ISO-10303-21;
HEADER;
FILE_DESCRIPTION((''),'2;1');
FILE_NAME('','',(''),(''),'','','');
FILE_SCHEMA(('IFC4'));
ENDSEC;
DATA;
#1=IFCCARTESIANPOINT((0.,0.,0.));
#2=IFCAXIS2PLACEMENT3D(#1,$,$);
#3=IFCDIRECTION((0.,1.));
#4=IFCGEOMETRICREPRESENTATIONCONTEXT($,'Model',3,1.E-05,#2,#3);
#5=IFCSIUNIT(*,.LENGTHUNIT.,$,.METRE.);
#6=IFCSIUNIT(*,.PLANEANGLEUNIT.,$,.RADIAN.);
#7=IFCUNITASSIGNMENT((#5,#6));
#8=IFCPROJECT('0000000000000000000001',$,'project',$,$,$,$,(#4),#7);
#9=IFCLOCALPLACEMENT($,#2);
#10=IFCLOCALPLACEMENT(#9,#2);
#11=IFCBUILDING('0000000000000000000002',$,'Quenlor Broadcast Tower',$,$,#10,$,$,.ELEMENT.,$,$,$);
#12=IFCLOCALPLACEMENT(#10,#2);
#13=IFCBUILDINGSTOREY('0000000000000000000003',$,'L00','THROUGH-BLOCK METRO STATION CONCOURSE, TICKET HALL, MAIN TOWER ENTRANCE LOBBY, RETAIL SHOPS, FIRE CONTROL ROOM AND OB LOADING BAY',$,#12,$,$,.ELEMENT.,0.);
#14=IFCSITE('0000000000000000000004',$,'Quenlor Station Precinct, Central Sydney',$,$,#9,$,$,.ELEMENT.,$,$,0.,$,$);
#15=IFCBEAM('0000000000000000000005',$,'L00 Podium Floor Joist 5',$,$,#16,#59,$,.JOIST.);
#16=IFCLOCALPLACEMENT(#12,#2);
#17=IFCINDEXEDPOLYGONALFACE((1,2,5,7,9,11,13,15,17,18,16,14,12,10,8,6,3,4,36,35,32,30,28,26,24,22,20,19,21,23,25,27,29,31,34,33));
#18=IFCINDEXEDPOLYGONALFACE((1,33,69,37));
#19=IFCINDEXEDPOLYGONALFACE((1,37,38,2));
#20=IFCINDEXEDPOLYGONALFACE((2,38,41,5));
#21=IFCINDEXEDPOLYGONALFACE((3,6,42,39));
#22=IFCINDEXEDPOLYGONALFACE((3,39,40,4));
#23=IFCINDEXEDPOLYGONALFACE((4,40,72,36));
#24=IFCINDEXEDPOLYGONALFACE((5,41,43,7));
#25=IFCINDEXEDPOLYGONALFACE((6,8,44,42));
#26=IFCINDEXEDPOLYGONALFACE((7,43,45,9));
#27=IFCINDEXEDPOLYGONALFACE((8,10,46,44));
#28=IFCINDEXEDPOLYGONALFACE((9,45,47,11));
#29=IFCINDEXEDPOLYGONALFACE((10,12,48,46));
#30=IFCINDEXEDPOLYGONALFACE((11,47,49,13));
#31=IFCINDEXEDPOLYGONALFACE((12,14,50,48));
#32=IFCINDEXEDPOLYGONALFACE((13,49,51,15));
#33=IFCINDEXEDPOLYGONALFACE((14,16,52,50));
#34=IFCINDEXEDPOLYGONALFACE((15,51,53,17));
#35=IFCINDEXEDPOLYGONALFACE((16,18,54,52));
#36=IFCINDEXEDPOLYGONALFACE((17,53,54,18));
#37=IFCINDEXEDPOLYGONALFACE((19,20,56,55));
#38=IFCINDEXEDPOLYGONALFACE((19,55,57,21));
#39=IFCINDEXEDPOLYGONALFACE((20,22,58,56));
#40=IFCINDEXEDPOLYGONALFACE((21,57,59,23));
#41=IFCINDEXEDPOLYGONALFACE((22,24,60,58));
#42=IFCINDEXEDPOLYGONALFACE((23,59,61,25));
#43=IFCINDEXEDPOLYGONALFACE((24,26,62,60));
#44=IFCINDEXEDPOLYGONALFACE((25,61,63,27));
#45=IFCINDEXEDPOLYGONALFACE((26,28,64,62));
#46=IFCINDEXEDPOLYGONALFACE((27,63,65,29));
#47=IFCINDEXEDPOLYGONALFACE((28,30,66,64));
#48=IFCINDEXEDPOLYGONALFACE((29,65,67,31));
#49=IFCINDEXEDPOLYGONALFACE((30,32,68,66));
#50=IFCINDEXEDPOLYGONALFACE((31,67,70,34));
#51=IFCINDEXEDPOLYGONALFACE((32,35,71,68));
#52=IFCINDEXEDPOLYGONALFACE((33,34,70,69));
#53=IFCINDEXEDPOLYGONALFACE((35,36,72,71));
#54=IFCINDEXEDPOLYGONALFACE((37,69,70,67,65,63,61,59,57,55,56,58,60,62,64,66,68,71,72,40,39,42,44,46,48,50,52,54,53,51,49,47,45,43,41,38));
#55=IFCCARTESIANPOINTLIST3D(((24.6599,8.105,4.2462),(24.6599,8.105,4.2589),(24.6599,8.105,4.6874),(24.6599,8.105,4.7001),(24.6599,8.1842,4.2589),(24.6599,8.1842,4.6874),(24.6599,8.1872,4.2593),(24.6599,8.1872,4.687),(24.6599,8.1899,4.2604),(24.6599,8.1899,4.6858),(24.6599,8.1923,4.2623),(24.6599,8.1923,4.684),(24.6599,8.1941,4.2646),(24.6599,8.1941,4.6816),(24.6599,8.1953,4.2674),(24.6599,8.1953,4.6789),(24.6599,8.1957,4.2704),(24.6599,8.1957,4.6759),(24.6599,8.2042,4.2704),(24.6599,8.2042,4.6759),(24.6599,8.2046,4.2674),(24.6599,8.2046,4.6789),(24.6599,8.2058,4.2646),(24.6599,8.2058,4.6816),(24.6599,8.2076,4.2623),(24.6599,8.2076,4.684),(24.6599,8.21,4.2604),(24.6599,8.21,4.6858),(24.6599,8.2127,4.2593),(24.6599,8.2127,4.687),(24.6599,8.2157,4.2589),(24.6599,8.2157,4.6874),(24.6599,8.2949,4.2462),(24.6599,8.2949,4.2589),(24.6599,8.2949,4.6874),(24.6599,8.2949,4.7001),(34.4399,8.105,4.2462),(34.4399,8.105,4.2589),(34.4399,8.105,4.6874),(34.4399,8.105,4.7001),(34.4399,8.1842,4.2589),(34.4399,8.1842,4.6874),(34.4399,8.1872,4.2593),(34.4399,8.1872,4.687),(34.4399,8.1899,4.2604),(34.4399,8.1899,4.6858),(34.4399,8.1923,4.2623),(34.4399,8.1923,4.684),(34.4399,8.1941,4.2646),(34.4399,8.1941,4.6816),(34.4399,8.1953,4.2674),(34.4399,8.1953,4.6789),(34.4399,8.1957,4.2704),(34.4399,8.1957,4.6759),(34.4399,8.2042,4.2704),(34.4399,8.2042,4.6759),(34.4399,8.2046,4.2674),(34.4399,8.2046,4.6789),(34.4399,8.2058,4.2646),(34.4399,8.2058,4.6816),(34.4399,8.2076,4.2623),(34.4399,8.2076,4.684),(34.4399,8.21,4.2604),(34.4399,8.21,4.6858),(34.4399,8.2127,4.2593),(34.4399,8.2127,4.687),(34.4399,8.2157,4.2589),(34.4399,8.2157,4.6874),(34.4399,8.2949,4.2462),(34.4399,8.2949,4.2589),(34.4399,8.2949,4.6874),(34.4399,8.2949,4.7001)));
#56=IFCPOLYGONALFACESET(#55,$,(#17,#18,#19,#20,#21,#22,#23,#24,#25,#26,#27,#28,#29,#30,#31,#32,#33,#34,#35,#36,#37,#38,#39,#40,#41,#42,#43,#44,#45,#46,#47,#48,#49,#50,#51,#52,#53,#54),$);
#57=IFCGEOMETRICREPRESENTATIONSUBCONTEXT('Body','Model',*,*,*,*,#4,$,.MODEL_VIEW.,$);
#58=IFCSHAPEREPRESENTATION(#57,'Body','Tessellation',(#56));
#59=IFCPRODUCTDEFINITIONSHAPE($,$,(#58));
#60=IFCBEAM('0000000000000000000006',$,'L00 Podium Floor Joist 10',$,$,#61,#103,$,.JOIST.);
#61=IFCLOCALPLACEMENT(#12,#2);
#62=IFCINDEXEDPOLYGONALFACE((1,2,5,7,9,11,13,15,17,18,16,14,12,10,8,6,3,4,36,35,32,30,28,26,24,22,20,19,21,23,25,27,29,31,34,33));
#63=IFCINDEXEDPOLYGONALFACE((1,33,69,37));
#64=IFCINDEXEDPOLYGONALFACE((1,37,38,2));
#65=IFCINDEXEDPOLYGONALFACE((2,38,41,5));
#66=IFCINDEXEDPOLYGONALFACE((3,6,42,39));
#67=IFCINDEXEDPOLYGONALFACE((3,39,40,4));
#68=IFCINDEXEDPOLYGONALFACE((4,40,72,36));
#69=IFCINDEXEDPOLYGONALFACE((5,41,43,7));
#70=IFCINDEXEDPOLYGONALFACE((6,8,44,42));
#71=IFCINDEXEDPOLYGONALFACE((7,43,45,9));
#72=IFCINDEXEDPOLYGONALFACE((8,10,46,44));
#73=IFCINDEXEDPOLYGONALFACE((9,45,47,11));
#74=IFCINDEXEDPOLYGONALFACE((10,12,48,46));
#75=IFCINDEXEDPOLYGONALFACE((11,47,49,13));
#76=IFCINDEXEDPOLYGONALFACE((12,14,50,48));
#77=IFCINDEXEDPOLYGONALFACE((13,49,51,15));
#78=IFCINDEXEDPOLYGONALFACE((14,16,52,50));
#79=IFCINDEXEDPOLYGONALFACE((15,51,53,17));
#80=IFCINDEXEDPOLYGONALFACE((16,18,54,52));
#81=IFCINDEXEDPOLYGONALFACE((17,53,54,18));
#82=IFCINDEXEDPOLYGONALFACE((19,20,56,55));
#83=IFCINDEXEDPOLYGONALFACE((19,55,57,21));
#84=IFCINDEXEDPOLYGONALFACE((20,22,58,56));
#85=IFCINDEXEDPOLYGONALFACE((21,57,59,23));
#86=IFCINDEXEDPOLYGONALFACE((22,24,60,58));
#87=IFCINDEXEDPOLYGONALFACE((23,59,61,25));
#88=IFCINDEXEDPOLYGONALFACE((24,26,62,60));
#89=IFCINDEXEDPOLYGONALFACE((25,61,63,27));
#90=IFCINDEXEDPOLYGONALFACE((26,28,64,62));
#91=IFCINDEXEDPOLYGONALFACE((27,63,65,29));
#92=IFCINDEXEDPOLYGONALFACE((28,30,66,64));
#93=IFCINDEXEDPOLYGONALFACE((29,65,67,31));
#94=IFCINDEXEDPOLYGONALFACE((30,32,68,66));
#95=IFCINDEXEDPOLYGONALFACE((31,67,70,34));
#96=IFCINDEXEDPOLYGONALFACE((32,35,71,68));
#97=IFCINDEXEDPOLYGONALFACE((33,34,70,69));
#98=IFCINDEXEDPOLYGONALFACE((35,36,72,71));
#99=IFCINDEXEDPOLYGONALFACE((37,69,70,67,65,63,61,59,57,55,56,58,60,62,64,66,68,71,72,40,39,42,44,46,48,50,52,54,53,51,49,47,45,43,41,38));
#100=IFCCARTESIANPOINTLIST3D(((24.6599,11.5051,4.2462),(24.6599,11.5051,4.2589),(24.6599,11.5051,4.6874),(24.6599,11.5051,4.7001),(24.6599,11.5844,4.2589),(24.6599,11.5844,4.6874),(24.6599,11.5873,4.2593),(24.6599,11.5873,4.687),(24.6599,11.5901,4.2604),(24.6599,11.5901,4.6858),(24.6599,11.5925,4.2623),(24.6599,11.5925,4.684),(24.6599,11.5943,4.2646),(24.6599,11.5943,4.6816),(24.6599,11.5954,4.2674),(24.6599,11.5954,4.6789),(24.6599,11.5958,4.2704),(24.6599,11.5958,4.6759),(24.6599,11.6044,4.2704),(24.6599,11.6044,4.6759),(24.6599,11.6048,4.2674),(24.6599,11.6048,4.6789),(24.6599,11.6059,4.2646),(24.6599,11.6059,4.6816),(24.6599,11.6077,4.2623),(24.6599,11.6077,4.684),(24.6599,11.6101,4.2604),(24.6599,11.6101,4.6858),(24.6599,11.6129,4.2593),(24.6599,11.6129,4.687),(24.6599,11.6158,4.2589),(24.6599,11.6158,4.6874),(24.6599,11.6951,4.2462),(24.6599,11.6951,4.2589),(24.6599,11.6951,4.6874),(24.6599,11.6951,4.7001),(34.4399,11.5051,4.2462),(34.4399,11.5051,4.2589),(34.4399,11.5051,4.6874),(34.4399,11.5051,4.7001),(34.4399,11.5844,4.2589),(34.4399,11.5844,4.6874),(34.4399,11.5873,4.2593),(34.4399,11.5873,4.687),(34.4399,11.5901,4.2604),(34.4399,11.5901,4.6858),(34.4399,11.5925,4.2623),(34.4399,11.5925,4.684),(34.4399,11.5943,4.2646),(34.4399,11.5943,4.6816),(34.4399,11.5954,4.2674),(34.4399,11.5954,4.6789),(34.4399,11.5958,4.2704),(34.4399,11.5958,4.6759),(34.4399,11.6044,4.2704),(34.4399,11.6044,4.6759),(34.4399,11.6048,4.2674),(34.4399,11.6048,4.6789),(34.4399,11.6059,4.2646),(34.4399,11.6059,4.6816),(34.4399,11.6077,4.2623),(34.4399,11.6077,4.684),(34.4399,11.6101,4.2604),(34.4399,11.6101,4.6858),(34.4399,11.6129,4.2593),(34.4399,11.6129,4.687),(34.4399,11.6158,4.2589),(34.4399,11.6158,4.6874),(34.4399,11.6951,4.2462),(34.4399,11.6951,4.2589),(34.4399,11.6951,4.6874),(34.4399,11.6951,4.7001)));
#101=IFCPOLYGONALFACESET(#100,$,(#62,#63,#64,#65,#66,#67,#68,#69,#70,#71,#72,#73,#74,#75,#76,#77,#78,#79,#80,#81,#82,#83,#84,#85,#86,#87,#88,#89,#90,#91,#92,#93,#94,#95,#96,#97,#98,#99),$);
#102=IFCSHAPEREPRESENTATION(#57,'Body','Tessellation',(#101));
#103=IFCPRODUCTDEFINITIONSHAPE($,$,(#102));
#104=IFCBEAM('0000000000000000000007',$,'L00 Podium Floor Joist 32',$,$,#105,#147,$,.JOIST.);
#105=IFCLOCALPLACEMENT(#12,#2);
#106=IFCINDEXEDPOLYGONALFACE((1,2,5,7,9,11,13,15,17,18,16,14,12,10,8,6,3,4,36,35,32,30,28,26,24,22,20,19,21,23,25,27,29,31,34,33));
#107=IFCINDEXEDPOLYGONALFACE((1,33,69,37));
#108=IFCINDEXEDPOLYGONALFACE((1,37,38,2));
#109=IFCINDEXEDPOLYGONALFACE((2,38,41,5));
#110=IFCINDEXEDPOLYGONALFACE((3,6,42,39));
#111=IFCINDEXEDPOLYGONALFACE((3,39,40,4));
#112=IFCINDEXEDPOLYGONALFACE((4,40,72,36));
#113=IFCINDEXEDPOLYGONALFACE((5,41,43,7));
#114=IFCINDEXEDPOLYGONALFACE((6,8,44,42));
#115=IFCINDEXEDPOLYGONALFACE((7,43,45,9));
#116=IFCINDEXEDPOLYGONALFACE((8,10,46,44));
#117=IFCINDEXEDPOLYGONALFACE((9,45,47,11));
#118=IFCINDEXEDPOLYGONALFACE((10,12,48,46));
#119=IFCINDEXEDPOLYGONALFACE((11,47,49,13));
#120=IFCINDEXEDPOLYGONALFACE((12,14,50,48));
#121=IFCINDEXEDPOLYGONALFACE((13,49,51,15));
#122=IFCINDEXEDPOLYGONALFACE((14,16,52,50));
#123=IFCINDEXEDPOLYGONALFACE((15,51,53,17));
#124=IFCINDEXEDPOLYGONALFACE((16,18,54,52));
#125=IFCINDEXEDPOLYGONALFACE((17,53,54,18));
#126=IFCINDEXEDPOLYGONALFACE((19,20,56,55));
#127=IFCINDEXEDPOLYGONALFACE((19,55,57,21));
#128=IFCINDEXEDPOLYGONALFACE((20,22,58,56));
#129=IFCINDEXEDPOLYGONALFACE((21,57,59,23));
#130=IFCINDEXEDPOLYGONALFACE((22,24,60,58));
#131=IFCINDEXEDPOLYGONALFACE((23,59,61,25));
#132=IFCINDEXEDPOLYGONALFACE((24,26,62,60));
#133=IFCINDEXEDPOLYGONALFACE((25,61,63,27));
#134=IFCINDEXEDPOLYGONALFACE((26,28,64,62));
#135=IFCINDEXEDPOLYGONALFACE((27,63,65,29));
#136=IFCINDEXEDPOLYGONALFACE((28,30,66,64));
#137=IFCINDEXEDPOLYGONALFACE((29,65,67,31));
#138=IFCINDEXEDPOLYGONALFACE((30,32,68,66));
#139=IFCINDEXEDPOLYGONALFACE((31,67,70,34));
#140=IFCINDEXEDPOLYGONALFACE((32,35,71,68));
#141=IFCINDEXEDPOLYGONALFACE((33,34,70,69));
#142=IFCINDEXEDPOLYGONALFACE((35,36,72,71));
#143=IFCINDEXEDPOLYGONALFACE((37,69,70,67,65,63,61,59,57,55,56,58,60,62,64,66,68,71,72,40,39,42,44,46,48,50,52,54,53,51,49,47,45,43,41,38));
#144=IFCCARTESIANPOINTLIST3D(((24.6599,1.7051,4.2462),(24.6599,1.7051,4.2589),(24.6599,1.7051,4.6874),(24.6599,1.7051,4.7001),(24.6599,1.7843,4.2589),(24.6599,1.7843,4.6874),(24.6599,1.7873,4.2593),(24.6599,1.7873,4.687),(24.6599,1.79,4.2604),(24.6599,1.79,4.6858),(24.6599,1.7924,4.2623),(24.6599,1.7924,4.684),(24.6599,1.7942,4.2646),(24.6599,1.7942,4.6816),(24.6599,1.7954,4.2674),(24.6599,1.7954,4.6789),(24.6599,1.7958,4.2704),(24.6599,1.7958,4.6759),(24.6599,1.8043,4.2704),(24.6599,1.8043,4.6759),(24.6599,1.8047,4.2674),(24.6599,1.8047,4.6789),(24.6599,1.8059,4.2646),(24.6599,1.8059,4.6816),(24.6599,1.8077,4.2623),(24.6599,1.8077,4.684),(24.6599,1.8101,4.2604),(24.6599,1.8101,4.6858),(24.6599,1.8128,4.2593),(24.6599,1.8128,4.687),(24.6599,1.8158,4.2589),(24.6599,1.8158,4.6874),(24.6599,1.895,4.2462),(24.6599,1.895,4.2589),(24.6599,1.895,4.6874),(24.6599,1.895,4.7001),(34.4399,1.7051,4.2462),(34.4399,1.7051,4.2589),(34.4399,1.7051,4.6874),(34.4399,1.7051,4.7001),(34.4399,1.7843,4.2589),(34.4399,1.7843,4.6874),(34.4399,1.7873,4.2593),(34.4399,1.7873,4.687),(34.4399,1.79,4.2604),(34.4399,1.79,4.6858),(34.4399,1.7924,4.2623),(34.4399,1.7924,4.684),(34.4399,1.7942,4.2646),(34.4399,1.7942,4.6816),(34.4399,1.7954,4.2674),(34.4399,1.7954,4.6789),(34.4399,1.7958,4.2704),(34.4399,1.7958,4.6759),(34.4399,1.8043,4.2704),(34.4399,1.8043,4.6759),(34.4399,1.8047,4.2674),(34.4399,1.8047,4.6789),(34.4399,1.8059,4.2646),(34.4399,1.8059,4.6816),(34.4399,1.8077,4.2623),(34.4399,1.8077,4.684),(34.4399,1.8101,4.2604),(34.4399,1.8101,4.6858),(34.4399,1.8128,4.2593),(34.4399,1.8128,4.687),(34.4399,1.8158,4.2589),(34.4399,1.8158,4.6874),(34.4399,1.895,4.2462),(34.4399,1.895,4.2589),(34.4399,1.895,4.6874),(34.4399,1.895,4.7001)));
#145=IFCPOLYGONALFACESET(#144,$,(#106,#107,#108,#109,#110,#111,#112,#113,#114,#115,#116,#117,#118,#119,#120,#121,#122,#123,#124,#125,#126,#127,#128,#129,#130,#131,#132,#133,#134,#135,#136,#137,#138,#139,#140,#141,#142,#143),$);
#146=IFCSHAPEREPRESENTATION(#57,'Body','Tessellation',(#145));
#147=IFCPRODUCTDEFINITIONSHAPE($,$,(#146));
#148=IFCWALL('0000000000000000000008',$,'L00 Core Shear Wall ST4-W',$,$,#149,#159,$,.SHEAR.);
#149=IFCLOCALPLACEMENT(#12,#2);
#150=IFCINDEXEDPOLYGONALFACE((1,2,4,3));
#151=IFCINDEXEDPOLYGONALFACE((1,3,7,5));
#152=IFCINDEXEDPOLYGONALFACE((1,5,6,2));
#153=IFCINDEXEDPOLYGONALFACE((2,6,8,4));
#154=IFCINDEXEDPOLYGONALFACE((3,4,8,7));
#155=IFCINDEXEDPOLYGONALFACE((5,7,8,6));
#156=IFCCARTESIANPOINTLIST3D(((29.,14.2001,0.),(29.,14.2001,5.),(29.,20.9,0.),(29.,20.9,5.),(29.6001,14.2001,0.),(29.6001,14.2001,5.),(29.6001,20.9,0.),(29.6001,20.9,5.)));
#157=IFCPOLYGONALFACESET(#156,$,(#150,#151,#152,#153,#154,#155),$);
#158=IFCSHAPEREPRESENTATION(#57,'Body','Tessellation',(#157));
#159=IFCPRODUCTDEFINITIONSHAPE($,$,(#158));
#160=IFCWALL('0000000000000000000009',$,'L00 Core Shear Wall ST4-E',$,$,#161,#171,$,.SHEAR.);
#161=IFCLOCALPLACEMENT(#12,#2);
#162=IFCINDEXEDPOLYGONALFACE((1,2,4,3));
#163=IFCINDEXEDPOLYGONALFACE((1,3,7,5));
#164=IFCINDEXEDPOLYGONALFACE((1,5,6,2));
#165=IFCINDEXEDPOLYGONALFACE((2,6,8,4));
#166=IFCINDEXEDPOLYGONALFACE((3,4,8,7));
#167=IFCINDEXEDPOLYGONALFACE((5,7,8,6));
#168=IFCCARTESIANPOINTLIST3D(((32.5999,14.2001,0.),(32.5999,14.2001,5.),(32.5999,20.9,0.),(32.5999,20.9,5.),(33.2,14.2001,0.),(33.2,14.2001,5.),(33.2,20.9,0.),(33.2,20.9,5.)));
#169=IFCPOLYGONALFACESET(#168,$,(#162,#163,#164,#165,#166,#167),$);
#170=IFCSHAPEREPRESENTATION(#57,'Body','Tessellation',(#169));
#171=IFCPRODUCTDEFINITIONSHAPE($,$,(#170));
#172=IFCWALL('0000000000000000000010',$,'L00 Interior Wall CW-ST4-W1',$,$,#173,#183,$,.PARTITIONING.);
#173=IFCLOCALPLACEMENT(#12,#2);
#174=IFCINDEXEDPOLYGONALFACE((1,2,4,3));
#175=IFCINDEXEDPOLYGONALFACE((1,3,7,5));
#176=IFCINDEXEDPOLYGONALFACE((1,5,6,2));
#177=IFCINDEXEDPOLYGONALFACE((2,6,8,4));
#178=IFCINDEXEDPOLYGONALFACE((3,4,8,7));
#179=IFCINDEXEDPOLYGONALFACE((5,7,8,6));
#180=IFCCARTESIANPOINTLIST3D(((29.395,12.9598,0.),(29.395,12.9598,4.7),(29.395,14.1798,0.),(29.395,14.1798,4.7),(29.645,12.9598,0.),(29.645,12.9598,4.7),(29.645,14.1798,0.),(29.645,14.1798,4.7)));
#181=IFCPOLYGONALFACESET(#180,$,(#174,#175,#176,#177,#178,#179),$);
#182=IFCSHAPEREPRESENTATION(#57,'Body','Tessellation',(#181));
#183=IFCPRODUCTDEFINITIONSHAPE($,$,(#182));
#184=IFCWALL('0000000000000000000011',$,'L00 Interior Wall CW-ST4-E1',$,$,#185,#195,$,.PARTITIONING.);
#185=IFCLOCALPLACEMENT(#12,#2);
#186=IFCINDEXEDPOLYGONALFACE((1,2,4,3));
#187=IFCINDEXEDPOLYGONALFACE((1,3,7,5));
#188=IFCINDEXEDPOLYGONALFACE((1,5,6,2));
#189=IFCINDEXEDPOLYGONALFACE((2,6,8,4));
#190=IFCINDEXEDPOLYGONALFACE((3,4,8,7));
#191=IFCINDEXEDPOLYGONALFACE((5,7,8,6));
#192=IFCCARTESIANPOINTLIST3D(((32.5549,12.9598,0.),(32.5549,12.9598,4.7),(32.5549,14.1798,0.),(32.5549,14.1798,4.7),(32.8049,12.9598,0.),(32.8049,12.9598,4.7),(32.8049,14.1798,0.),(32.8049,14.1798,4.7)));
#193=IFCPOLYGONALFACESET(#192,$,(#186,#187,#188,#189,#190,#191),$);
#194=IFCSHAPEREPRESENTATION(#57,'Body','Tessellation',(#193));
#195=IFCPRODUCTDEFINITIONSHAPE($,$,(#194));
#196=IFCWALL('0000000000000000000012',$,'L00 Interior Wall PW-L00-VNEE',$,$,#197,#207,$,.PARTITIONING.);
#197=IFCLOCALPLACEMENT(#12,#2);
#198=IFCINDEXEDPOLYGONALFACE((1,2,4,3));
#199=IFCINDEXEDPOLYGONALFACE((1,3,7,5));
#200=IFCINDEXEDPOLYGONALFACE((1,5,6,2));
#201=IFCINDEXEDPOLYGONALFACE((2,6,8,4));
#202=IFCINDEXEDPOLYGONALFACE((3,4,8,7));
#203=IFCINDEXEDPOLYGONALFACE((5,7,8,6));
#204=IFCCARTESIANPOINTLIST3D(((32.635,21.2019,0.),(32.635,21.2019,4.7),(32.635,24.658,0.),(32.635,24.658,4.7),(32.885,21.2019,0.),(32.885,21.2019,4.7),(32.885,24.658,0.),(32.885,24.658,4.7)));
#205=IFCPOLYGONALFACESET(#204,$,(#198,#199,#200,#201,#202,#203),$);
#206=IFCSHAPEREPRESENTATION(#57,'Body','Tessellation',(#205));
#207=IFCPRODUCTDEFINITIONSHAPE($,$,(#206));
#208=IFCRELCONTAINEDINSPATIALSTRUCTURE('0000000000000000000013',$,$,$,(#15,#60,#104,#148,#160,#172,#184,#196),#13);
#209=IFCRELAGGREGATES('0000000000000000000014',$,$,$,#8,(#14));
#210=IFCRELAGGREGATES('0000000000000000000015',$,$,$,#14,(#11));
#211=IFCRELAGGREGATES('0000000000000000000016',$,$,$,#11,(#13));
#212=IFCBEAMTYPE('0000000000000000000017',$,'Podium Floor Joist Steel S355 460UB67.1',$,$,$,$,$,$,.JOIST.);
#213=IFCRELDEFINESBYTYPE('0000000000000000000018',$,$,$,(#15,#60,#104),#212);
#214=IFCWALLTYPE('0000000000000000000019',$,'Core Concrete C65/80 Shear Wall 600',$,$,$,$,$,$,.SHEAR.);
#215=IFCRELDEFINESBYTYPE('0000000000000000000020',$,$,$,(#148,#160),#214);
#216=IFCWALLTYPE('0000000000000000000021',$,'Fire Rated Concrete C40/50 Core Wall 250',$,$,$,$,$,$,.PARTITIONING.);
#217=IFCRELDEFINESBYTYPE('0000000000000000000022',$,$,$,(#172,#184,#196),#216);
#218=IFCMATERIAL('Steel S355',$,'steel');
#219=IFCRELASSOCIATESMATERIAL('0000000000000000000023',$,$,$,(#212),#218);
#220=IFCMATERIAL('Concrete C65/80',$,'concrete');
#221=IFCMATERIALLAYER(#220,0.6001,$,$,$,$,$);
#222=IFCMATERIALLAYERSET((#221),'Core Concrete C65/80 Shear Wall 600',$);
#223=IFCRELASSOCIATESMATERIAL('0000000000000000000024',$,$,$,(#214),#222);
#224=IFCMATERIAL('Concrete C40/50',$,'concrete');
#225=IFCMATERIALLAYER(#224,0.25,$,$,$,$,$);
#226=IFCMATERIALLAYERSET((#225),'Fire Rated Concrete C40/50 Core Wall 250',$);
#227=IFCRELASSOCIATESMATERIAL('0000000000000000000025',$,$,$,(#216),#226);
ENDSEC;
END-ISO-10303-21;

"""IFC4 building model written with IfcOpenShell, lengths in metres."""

from ifc_helpers import new_model, si_unit, direction, frame, frame_2d, origin, origin_2d, place, context, subcontext, project, spatial, rectangle, i_section, extrude, material, layer, layer_set, material_profile, profile_set, type_object, element, save


model = new_model("IFC4")

# Units and contexts
model_context = context("Model", 3, precision=1e-05, world=origin(), true_north=direction((0.0, 1.0)))
body_context = subcontext(model_context, "Body", "Model", "MODEL_VIEW")
ifc_project = project(units=[si_unit("LENGTHUNIT", "METRE"), si_unit("PLANEANGLEUNIT", "RADIAN")], contexts=[model_context])

# Site, building, storey
site_placement = place(None, origin())
site = spatial("IfcSite", under=ifc_project, at=site_placement, Name="Quenlor Station Precinct, Central Sydney", CompositionType="ELEMENT", RefElevation=0.0)
building_placement = place(site_placement, origin())
building = spatial("IfcBuilding", under=site, at=building_placement, Name="Quenlor Broadcast Tower", CompositionType="ELEMENT")
storey_placement = place(building_placement, origin())
storey = spatial("IfcBuildingStorey", under=building, at=storey_placement, Name="L00", Description="THROUGH-BLOCK METRO STATION CONCOURSE, TICKET HALL, MAIN TOWER ENTRANCE LOBBY, RETAIL SHOPS, FIRE CONTROL ROOM AND OB LOADING BAY", CompositionType="ELEMENT", Elevation=0.0)

# Beams
ifc_material_1 = material(Name="Steel S355", Category="steel")
ifc_material_profile_1 = material_profile(ifc_material_1, i_section(OverallWidth=0.1899, OverallDepth=0.4539, WebThickness=0.0085, FlangeThickness=0.0127, FilletRadius=0.0115, at=origin_2d()))
ifc_profile_set_1 = profile_set([ifc_material_profile_1], Name="Steel S355 460UB67.1")
beam_type_1 = type_object("IfcBeamType", Name="Podium Floor Joist Steel S355 460UB67.1", PredefinedType="JOIST", material=ifc_profile_set_1)
for number, where, z_axis, x_axis, name in (
    (1, (24.6599, 8.2, 4.4731), (1.0, 0.0, 0.0), (0.0, 1.0, 0.0), "L00 Podium Floor Joist 5"),
    (2, (24.6599, 11.6001, 4.4731), (1.0, 0.0, 0.0), (0.0, 1.0, 0.0), "L00 Podium Floor Joist 10"),
    (3, (24.6599, 1.8, 4.4731), (1.0, 0.0, 0.0), (0.0, 1.0, 0.0), "L00 Podium Floor Joist 32"),
):
    element("IfcBeam", number, at=place(storey_placement, frame(where, z_axis=z_axis, x_axis=x_axis)), inside=storey, type_object=beam_type_1, Name=name, PredefinedType="JOIST", context=body_context, shape_type="SweptSolid", body=[
        extrude(i_section(OverallWidth=0.1899, OverallDepth=0.4539, WebThickness=0.0085, FlangeThickness=0.0127, FilletRadius=0.0115, at=origin_2d()), origin(), (0.0, 0.0, 1.0), 9.78),
    ])

# Shared definitions
ifc_material_2 = material(Name="Concrete C65/80", Category="concrete")
ifc_layer_1 = layer(ifc_material_2, 0.6001)
ifc_layer_set_1 = layer_set([ifc_layer_1], Name="Core Concrete C65/80 Shear Wall 600")
wall_type_1 = type_object("IfcWallType", Name="Core Concrete C65/80 Shear Wall 600", PredefinedType="SHEAR", material=ifc_layer_set_1)

# Walls
for number, where, z_axis, x_axis, name in (
    (4, (29.3, 14.2, 0.0), (0.0, 0.0, 1.0), (0.0, 1.0, 0.0), "L00 Core Shear Wall ST4-W"),
    (5, (32.8999, 14.2, 0.0), (0.0, 0.0, 1.0), (0.0, 1.0, 0.0), "L00 Core Shear Wall ST4-E"),
):
    element("IfcWall", number, at=place(storey_placement, frame(where, z_axis=z_axis, x_axis=x_axis)), inside=storey, type_object=wall_type_1, Name=name, PredefinedType="SHEAR", context=body_context, shape_type="SweptSolid", body=[
        extrude(rectangle(XDim=6.7, YDim=0.6001, at=frame_2d((3.3501, 0.0))), origin(), (0.0, 0.0, 1.0), 5.0),
    ])

# Shared definitions
ifc_material_3 = material(Name="Concrete C40/50", Category="concrete")
ifc_layer_2 = layer(ifc_material_3, 0.25)
ifc_layer_set_2 = layer_set([ifc_layer_2], Name="Fire Rated Concrete C40/50 Core Wall 250")
wall_type_2 = type_object("IfcWallType", Name="Fire Rated Concrete C40/50 Core Wall 250", PredefinedType="PARTITIONING", material=ifc_layer_set_2)

# Walls
for number, where, z_axis, x_axis, name in (
    (6, (29.52, 12.96, 0.0), (0.0, 0.0, 1.0), (0.0, 1.0, 0.0), "L00 Interior Wall CW-ST4-W1"),
    (7, (32.6799, 12.96, 0.0), (0.0, 0.0, 1.0), (0.0, 1.0, 0.0), "L00 Interior Wall CW-ST4-E1"),
):
    element("IfcWall", number, at=place(storey_placement, frame(where, z_axis=z_axis, x_axis=x_axis)), inside=storey, type_object=wall_type_2, Name=name, PredefinedType="PARTITIONING", context=body_context, shape_type="SweptSolid", body=[
        extrude(rectangle(XDim=1.22, YDim=0.25, at=frame_2d((0.6099, 0.0))), origin(), (0.0, 0.0, 1.0), 4.7),
    ])

# Wall
wall_1_placement = place(storey_placement, frame((32.76, 21.2019, 0.0), z_axis=(0.0, 0.0, 1.0), x_axis=(0.0, 1.0, 0.0)))
element("IfcWall", 8, at=wall_1_placement, inside=storey, type_object=wall_type_2, Name="L00 Interior Wall PW-L00-VNEE", PredefinedType="PARTITIONING", context=body_context, shape_type="SweptSolid", body=[
    extrude(rectangle(XDim=3.4561, YDim=0.25, at=frame_2d((1.728, 0.0))), origin(), (0.0, 0.0, 1.0), 4.7),
])

save(model, "model.ifc")
